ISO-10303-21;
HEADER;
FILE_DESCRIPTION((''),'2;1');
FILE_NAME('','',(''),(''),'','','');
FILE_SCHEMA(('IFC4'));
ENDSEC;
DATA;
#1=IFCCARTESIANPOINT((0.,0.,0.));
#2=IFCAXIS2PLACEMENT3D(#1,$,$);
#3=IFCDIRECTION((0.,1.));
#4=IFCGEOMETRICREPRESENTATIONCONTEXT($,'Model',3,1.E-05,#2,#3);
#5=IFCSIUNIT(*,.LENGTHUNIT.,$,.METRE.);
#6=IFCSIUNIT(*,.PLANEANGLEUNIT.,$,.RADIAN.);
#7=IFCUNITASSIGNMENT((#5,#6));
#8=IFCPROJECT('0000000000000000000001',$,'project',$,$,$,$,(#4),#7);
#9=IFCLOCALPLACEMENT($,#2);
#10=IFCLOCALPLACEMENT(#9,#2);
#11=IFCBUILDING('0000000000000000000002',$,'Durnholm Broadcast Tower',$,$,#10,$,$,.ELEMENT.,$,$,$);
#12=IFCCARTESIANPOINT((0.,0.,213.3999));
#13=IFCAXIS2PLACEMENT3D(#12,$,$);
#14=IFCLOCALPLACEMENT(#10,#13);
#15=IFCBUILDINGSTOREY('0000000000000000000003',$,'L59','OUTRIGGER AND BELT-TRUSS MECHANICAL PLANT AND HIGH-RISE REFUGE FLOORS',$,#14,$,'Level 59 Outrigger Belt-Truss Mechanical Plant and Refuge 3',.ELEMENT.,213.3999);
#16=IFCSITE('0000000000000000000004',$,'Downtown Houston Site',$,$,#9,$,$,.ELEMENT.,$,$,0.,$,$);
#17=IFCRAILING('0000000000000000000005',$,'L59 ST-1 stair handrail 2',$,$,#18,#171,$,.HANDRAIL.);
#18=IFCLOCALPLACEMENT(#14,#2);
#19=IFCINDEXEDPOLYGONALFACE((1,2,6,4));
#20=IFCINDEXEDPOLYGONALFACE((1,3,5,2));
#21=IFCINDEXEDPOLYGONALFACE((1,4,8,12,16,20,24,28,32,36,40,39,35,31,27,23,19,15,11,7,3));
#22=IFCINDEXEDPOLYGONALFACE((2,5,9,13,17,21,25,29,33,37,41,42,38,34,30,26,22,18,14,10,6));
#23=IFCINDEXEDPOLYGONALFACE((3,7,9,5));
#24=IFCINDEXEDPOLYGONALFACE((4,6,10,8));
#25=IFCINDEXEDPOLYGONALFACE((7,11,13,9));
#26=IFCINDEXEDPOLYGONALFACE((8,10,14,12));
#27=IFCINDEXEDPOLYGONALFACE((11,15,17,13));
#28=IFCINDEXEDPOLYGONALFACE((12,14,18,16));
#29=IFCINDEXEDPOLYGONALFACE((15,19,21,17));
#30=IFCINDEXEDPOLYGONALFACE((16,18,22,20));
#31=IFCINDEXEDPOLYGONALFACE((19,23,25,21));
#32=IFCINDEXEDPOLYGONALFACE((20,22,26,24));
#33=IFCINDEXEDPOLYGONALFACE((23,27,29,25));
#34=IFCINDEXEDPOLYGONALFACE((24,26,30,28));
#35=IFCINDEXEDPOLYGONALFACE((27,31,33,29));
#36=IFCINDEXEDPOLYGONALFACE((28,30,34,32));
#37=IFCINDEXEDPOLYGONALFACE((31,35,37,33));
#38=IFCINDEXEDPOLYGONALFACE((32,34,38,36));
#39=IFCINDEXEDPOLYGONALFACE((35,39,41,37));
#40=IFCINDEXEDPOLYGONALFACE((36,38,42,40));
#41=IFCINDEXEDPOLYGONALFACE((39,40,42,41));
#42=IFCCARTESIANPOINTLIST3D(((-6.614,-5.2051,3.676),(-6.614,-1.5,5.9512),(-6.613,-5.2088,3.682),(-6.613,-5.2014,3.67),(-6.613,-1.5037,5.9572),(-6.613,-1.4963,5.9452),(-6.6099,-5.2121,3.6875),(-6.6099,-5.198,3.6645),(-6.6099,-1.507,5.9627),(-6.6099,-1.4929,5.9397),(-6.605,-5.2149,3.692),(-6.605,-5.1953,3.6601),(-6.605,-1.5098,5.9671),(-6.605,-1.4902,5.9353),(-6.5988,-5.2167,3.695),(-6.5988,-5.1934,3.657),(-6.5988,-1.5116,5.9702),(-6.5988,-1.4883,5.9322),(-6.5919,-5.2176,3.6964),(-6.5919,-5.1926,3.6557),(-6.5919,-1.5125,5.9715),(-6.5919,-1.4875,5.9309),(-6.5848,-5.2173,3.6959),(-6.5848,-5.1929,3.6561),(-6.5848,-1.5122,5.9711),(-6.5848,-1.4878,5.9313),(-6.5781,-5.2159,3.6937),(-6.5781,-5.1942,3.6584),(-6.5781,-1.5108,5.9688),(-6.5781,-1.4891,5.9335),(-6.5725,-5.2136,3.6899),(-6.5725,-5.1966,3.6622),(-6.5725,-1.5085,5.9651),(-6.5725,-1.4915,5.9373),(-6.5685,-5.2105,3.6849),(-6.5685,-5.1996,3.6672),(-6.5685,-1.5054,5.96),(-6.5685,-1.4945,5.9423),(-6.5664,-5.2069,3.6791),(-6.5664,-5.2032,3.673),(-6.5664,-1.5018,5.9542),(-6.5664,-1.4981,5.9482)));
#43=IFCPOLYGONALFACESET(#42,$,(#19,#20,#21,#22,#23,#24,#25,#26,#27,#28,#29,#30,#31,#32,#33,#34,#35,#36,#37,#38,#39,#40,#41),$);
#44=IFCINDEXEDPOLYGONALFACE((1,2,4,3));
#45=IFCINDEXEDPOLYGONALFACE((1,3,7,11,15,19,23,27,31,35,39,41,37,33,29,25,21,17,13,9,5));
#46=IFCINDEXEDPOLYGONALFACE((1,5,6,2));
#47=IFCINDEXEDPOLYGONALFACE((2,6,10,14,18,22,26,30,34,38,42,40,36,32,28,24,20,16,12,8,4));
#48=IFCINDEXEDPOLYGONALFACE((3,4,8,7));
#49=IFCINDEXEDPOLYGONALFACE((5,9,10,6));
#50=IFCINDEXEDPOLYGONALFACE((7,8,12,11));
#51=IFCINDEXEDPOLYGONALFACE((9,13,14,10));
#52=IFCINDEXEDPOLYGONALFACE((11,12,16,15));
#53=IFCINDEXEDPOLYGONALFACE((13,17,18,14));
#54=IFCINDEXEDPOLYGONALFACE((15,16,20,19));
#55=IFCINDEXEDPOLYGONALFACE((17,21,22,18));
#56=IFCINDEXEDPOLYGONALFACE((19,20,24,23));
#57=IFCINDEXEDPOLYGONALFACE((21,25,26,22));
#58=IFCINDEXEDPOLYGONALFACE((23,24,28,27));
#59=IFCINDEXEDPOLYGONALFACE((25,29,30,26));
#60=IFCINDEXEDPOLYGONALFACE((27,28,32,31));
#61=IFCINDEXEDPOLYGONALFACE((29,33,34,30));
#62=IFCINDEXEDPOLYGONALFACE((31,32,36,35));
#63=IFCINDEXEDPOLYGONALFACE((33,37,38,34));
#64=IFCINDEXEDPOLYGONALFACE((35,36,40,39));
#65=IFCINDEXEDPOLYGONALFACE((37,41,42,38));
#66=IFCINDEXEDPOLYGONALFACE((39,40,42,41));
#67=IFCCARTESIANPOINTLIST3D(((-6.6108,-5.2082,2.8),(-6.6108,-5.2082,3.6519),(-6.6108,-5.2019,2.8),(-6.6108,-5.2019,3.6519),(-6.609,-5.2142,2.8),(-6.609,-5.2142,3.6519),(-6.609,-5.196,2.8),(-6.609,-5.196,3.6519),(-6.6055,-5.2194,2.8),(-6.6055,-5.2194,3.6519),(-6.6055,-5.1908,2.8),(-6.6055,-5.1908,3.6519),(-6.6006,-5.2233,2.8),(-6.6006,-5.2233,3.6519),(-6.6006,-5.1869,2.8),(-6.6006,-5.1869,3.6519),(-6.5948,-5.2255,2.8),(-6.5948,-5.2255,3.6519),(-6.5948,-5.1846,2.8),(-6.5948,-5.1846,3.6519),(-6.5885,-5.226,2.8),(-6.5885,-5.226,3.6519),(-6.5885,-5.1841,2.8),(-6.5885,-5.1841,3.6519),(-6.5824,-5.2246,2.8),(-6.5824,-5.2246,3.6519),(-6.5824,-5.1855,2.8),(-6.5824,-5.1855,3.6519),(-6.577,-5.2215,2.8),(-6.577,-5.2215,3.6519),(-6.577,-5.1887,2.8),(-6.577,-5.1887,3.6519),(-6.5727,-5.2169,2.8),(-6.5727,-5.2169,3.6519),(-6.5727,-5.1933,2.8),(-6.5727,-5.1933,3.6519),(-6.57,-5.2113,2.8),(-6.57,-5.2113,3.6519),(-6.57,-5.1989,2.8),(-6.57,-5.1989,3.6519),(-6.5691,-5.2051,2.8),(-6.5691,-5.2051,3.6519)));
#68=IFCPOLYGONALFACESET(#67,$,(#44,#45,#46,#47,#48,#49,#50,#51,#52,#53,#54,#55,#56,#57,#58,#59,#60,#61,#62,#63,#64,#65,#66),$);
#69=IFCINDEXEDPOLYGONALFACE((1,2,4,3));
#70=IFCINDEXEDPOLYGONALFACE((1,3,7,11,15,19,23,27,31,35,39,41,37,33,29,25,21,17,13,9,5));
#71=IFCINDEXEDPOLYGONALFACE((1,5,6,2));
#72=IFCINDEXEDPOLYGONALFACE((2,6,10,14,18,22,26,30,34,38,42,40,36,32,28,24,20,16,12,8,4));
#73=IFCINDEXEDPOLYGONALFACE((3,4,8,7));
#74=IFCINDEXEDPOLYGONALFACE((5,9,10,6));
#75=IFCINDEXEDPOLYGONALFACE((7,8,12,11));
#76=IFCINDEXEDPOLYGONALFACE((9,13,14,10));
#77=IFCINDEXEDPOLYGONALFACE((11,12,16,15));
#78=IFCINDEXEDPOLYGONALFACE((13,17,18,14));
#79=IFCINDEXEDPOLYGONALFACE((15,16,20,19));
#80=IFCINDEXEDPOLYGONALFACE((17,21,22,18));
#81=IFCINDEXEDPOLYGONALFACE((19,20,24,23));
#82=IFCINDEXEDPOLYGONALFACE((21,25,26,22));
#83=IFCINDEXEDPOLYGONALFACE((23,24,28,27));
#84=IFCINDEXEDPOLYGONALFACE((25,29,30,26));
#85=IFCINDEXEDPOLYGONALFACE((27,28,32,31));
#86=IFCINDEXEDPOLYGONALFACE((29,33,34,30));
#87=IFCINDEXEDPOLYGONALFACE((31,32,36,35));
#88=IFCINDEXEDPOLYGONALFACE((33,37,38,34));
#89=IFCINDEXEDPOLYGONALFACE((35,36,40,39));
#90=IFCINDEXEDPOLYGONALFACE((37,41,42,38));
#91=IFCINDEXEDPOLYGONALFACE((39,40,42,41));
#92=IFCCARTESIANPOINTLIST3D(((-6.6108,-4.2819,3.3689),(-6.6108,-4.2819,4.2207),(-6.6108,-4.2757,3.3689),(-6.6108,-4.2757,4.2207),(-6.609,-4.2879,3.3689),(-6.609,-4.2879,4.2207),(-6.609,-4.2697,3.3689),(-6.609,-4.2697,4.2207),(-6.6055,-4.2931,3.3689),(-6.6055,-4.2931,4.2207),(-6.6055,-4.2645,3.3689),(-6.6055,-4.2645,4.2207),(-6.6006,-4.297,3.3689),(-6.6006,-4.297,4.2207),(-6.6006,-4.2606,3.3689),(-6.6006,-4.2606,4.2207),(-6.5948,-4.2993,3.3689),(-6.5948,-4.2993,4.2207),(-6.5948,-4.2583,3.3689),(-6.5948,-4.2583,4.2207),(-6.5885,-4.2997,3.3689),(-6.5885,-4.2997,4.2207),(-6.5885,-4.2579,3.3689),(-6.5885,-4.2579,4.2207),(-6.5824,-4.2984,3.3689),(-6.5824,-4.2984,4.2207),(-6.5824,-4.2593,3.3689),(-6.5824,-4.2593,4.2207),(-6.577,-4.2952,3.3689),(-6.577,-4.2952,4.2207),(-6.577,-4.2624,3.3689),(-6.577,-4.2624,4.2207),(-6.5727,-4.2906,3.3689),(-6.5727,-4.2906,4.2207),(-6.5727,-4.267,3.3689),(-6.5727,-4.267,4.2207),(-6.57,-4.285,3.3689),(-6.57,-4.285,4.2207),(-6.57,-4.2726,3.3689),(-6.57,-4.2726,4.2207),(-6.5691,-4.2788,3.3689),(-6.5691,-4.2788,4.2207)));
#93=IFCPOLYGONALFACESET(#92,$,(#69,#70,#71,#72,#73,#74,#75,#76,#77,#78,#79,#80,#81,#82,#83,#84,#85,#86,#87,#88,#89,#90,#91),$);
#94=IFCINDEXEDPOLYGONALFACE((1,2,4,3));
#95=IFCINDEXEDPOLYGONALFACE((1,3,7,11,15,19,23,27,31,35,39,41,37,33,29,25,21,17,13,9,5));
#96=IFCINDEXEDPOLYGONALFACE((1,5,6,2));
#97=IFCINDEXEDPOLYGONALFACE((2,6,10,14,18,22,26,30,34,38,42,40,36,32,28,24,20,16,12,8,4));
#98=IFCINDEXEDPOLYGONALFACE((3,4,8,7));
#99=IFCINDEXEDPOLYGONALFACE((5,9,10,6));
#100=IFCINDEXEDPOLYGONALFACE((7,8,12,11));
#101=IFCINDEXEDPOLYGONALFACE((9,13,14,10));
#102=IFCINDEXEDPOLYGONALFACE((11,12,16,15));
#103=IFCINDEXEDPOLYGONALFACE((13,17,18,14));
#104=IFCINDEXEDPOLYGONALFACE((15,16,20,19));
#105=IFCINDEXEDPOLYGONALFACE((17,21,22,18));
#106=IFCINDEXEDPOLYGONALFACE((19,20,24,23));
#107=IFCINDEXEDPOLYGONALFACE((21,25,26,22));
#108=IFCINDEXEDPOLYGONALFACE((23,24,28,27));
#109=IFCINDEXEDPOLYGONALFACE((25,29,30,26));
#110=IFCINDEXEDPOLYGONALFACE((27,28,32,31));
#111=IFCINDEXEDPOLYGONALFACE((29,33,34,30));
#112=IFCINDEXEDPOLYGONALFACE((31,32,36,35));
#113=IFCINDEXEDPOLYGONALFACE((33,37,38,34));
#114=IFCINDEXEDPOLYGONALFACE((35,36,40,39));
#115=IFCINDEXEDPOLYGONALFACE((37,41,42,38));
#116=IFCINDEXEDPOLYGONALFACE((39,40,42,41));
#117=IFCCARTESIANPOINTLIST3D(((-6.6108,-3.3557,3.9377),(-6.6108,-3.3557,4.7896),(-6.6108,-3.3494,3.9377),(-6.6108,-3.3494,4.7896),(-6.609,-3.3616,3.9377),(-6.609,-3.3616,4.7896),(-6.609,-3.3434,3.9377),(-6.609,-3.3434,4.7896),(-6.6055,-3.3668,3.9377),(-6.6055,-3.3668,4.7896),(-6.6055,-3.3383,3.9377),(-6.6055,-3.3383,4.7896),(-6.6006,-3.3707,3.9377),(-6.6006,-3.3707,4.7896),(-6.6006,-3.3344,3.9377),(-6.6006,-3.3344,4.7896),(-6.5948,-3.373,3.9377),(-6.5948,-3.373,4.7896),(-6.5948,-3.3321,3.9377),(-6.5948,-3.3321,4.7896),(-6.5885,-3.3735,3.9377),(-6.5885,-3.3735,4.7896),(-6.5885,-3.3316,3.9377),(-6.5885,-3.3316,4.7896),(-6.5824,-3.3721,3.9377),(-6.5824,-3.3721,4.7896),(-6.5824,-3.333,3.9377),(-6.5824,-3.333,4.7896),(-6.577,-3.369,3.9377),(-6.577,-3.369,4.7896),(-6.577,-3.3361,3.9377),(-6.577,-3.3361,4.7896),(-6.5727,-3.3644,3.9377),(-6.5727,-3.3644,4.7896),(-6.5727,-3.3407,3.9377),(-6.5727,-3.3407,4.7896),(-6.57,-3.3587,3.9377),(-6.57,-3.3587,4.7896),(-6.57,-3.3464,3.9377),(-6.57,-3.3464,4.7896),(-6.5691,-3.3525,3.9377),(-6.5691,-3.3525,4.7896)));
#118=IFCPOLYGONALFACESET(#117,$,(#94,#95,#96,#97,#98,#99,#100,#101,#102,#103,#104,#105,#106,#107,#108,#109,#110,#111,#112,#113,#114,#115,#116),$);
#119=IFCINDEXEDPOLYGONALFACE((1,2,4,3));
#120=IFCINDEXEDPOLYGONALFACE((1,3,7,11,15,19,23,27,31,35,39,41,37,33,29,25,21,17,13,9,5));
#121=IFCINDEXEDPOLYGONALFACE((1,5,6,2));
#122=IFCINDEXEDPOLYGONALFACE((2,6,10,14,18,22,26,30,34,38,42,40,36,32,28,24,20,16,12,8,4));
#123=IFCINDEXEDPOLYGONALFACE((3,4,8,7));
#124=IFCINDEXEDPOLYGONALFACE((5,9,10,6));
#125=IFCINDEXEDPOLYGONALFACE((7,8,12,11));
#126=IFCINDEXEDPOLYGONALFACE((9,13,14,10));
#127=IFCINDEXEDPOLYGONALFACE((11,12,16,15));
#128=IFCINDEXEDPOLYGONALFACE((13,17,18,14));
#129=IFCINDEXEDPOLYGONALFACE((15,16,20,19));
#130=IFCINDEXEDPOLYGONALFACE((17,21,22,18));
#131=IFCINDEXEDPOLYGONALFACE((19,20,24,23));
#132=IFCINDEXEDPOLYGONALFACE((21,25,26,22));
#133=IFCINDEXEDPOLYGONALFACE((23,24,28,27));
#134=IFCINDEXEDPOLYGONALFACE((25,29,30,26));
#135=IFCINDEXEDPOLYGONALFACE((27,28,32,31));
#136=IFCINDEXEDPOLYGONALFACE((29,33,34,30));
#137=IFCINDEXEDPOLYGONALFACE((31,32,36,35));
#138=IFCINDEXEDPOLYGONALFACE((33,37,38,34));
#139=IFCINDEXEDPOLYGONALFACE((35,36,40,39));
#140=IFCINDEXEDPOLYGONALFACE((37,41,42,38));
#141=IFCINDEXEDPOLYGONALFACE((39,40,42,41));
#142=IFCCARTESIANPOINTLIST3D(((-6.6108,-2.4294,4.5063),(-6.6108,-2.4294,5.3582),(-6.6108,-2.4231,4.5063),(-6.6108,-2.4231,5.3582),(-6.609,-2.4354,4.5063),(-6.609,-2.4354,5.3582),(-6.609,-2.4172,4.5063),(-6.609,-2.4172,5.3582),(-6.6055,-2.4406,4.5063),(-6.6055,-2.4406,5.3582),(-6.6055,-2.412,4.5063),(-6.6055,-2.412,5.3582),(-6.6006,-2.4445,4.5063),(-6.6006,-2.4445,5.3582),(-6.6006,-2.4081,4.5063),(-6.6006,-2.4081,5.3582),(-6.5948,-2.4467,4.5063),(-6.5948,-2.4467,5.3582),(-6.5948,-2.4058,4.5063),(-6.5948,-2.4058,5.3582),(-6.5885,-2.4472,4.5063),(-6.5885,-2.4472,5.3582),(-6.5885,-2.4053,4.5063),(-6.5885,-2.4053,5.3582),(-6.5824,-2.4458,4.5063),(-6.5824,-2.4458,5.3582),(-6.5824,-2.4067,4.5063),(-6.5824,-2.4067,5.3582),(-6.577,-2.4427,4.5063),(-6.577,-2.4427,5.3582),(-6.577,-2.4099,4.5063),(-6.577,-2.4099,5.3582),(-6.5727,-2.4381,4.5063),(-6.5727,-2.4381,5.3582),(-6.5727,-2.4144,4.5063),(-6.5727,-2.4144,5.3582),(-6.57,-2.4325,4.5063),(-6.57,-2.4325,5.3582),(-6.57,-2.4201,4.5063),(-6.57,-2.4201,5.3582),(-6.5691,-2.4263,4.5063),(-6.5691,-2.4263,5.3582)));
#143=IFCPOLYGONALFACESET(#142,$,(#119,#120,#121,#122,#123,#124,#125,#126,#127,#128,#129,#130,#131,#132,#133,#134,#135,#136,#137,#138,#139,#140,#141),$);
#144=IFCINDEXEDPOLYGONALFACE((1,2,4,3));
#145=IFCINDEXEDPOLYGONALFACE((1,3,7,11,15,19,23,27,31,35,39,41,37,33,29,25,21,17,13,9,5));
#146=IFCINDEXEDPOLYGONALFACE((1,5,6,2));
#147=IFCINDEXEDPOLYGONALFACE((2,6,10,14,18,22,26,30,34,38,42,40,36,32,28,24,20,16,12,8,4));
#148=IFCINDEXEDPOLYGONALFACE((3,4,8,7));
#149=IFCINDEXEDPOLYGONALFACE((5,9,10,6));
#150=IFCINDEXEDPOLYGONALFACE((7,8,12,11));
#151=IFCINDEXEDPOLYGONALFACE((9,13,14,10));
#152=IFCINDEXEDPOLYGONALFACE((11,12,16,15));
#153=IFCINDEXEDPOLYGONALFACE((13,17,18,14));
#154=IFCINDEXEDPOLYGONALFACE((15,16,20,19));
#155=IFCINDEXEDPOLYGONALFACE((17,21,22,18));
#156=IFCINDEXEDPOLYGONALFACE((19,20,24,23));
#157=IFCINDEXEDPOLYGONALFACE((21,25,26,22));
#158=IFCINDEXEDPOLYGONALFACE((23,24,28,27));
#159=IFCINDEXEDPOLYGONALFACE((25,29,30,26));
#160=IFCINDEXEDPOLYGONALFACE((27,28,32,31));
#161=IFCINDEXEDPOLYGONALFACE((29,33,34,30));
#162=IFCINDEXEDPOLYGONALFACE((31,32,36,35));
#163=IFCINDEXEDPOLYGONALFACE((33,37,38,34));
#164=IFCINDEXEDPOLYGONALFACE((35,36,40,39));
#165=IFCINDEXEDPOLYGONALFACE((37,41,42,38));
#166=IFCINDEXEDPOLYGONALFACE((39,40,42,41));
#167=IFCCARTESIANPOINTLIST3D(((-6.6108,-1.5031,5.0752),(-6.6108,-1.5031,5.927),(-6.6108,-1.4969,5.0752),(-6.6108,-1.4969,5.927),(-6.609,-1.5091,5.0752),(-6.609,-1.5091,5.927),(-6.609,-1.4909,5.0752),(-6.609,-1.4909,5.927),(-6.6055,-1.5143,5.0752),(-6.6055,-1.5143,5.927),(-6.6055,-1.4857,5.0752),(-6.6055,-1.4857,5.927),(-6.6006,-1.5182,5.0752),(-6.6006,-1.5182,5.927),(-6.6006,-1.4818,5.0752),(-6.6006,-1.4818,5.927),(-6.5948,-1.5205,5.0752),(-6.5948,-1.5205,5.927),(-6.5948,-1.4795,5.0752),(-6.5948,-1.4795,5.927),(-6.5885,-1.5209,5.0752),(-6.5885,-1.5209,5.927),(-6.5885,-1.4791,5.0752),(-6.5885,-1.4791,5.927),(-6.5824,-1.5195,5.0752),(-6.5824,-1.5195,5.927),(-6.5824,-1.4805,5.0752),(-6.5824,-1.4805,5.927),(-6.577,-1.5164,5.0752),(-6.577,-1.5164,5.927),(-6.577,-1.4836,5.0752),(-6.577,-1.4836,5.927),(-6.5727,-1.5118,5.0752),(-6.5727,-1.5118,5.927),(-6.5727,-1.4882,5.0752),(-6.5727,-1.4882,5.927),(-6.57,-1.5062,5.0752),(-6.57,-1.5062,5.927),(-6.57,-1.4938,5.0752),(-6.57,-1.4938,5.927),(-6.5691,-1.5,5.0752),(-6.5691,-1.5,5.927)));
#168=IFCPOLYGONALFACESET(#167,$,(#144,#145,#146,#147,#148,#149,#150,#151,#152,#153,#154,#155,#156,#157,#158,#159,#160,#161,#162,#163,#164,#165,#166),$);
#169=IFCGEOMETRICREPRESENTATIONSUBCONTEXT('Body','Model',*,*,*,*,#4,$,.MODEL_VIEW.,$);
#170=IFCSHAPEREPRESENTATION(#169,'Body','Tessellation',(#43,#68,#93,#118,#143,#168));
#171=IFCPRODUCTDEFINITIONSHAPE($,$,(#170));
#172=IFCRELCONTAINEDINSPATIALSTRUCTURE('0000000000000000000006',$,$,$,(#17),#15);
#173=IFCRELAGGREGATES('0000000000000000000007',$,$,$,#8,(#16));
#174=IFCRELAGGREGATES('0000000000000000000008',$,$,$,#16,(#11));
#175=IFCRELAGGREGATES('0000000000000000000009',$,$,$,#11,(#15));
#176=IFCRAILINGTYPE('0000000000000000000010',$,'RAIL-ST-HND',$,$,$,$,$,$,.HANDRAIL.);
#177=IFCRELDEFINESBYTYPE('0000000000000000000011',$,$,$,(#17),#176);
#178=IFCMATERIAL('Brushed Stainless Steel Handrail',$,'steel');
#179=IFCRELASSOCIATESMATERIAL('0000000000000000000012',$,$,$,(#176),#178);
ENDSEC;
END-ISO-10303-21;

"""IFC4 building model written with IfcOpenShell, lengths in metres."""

from ifc_helpers import new_model, si_unit, direction, frame, origin, origin_2d, place, context, subcontext, project, spatial, circle, extrude, material, type_object, element, save


model = new_model("IFC4")

# Units and contexts
model_context = context("Model", 3, precision=1e-05, world=origin(), true_north=direction((0.0, 1.0)))
body_context = subcontext(model_context, "Body", "Model", "MODEL_VIEW")
ifc_project = project(units=[si_unit("LENGTHUNIT", "METRE"), si_unit("PLANEANGLEUNIT", "RADIAN")], contexts=[model_context])

# Site, building, storey
site_placement = place(None, origin())
site = spatial("IfcSite", under=ifc_project, at=site_placement, Name="Downtown Houston Site", CompositionType="ELEMENT", RefElevation=0.0)
building_placement = place(site_placement, origin())
building = spatial("IfcBuilding", under=site, at=building_placement, Name="Durnholm Broadcast Tower", CompositionType="ELEMENT")
storey_placement = place(building_placement, frame((0.0, 0.0, 213.3999)))
storey = spatial("IfcBuildingStorey", under=building, at=storey_placement, Name="L59", Description="OUTRIGGER AND BELT-TRUSS MECHANICAL PLANT AND HIGH-RISE REFUGE FLOORS", LongName="Level 59 Outrigger Belt-Truss Mechanical Plant and Refuge 3", CompositionType="ELEMENT", Elevation=213.3999)

# Railing
ifc_material_1 = material(Name="Brushed Stainless Steel Handrail", Category="steel")
railing_type_1 = type_object("IfcRailingType", Name="RAIL-ST-HND", PredefinedType="HANDRAIL", material=ifc_material_1)
railing_1_placement = place(storey_placement, frame((-6.5901, -5.2051, 2.8)))
element("IfcRailing", 1, at=railing_1_placement, inside=storey, type_object=railing_type_1, Name="L59 ST-1 stair handrail 2", PredefinedType="HANDRAIL", context=body_context, shape_type="SweptSolid", body=[
    extrude(circle(Radius=0.0239, at=origin_2d()), frame((0.0, 0.0, 0.876), z_axis=(0.0, 0.852161, 0.523279), x_axis=(-1.0, 0.0, 0.0)), (0.0, 0.0, 1.0), 4.3479),
    extrude(circle(Radius=0.021, at=origin_2d()), origin(), (0.0, 0.0, 1.0), 0.8518),
    extrude(circle(Radius=0.021, at=origin_2d()), frame((0.0, 0.9263, 0.5688)), (0.0, 0.0, 1.0), 0.8518),
    extrude(circle(Radius=0.021, at=origin_2d()), frame((0.0, 1.8525, 1.1377)), (0.0, 0.0, 1.0), 0.8518),
    extrude(circle(Radius=0.021, at=origin_2d()), frame((0.0, 2.7788, 1.7063)), (0.0, 0.0, 1.0), 0.8518),
    extrude(circle(Radius=0.021, at=origin_2d()), frame((0.0, 3.7051, 2.2751)), (0.0, 0.0, 1.0), 0.8518),
])

save(model, "model.ifc")
